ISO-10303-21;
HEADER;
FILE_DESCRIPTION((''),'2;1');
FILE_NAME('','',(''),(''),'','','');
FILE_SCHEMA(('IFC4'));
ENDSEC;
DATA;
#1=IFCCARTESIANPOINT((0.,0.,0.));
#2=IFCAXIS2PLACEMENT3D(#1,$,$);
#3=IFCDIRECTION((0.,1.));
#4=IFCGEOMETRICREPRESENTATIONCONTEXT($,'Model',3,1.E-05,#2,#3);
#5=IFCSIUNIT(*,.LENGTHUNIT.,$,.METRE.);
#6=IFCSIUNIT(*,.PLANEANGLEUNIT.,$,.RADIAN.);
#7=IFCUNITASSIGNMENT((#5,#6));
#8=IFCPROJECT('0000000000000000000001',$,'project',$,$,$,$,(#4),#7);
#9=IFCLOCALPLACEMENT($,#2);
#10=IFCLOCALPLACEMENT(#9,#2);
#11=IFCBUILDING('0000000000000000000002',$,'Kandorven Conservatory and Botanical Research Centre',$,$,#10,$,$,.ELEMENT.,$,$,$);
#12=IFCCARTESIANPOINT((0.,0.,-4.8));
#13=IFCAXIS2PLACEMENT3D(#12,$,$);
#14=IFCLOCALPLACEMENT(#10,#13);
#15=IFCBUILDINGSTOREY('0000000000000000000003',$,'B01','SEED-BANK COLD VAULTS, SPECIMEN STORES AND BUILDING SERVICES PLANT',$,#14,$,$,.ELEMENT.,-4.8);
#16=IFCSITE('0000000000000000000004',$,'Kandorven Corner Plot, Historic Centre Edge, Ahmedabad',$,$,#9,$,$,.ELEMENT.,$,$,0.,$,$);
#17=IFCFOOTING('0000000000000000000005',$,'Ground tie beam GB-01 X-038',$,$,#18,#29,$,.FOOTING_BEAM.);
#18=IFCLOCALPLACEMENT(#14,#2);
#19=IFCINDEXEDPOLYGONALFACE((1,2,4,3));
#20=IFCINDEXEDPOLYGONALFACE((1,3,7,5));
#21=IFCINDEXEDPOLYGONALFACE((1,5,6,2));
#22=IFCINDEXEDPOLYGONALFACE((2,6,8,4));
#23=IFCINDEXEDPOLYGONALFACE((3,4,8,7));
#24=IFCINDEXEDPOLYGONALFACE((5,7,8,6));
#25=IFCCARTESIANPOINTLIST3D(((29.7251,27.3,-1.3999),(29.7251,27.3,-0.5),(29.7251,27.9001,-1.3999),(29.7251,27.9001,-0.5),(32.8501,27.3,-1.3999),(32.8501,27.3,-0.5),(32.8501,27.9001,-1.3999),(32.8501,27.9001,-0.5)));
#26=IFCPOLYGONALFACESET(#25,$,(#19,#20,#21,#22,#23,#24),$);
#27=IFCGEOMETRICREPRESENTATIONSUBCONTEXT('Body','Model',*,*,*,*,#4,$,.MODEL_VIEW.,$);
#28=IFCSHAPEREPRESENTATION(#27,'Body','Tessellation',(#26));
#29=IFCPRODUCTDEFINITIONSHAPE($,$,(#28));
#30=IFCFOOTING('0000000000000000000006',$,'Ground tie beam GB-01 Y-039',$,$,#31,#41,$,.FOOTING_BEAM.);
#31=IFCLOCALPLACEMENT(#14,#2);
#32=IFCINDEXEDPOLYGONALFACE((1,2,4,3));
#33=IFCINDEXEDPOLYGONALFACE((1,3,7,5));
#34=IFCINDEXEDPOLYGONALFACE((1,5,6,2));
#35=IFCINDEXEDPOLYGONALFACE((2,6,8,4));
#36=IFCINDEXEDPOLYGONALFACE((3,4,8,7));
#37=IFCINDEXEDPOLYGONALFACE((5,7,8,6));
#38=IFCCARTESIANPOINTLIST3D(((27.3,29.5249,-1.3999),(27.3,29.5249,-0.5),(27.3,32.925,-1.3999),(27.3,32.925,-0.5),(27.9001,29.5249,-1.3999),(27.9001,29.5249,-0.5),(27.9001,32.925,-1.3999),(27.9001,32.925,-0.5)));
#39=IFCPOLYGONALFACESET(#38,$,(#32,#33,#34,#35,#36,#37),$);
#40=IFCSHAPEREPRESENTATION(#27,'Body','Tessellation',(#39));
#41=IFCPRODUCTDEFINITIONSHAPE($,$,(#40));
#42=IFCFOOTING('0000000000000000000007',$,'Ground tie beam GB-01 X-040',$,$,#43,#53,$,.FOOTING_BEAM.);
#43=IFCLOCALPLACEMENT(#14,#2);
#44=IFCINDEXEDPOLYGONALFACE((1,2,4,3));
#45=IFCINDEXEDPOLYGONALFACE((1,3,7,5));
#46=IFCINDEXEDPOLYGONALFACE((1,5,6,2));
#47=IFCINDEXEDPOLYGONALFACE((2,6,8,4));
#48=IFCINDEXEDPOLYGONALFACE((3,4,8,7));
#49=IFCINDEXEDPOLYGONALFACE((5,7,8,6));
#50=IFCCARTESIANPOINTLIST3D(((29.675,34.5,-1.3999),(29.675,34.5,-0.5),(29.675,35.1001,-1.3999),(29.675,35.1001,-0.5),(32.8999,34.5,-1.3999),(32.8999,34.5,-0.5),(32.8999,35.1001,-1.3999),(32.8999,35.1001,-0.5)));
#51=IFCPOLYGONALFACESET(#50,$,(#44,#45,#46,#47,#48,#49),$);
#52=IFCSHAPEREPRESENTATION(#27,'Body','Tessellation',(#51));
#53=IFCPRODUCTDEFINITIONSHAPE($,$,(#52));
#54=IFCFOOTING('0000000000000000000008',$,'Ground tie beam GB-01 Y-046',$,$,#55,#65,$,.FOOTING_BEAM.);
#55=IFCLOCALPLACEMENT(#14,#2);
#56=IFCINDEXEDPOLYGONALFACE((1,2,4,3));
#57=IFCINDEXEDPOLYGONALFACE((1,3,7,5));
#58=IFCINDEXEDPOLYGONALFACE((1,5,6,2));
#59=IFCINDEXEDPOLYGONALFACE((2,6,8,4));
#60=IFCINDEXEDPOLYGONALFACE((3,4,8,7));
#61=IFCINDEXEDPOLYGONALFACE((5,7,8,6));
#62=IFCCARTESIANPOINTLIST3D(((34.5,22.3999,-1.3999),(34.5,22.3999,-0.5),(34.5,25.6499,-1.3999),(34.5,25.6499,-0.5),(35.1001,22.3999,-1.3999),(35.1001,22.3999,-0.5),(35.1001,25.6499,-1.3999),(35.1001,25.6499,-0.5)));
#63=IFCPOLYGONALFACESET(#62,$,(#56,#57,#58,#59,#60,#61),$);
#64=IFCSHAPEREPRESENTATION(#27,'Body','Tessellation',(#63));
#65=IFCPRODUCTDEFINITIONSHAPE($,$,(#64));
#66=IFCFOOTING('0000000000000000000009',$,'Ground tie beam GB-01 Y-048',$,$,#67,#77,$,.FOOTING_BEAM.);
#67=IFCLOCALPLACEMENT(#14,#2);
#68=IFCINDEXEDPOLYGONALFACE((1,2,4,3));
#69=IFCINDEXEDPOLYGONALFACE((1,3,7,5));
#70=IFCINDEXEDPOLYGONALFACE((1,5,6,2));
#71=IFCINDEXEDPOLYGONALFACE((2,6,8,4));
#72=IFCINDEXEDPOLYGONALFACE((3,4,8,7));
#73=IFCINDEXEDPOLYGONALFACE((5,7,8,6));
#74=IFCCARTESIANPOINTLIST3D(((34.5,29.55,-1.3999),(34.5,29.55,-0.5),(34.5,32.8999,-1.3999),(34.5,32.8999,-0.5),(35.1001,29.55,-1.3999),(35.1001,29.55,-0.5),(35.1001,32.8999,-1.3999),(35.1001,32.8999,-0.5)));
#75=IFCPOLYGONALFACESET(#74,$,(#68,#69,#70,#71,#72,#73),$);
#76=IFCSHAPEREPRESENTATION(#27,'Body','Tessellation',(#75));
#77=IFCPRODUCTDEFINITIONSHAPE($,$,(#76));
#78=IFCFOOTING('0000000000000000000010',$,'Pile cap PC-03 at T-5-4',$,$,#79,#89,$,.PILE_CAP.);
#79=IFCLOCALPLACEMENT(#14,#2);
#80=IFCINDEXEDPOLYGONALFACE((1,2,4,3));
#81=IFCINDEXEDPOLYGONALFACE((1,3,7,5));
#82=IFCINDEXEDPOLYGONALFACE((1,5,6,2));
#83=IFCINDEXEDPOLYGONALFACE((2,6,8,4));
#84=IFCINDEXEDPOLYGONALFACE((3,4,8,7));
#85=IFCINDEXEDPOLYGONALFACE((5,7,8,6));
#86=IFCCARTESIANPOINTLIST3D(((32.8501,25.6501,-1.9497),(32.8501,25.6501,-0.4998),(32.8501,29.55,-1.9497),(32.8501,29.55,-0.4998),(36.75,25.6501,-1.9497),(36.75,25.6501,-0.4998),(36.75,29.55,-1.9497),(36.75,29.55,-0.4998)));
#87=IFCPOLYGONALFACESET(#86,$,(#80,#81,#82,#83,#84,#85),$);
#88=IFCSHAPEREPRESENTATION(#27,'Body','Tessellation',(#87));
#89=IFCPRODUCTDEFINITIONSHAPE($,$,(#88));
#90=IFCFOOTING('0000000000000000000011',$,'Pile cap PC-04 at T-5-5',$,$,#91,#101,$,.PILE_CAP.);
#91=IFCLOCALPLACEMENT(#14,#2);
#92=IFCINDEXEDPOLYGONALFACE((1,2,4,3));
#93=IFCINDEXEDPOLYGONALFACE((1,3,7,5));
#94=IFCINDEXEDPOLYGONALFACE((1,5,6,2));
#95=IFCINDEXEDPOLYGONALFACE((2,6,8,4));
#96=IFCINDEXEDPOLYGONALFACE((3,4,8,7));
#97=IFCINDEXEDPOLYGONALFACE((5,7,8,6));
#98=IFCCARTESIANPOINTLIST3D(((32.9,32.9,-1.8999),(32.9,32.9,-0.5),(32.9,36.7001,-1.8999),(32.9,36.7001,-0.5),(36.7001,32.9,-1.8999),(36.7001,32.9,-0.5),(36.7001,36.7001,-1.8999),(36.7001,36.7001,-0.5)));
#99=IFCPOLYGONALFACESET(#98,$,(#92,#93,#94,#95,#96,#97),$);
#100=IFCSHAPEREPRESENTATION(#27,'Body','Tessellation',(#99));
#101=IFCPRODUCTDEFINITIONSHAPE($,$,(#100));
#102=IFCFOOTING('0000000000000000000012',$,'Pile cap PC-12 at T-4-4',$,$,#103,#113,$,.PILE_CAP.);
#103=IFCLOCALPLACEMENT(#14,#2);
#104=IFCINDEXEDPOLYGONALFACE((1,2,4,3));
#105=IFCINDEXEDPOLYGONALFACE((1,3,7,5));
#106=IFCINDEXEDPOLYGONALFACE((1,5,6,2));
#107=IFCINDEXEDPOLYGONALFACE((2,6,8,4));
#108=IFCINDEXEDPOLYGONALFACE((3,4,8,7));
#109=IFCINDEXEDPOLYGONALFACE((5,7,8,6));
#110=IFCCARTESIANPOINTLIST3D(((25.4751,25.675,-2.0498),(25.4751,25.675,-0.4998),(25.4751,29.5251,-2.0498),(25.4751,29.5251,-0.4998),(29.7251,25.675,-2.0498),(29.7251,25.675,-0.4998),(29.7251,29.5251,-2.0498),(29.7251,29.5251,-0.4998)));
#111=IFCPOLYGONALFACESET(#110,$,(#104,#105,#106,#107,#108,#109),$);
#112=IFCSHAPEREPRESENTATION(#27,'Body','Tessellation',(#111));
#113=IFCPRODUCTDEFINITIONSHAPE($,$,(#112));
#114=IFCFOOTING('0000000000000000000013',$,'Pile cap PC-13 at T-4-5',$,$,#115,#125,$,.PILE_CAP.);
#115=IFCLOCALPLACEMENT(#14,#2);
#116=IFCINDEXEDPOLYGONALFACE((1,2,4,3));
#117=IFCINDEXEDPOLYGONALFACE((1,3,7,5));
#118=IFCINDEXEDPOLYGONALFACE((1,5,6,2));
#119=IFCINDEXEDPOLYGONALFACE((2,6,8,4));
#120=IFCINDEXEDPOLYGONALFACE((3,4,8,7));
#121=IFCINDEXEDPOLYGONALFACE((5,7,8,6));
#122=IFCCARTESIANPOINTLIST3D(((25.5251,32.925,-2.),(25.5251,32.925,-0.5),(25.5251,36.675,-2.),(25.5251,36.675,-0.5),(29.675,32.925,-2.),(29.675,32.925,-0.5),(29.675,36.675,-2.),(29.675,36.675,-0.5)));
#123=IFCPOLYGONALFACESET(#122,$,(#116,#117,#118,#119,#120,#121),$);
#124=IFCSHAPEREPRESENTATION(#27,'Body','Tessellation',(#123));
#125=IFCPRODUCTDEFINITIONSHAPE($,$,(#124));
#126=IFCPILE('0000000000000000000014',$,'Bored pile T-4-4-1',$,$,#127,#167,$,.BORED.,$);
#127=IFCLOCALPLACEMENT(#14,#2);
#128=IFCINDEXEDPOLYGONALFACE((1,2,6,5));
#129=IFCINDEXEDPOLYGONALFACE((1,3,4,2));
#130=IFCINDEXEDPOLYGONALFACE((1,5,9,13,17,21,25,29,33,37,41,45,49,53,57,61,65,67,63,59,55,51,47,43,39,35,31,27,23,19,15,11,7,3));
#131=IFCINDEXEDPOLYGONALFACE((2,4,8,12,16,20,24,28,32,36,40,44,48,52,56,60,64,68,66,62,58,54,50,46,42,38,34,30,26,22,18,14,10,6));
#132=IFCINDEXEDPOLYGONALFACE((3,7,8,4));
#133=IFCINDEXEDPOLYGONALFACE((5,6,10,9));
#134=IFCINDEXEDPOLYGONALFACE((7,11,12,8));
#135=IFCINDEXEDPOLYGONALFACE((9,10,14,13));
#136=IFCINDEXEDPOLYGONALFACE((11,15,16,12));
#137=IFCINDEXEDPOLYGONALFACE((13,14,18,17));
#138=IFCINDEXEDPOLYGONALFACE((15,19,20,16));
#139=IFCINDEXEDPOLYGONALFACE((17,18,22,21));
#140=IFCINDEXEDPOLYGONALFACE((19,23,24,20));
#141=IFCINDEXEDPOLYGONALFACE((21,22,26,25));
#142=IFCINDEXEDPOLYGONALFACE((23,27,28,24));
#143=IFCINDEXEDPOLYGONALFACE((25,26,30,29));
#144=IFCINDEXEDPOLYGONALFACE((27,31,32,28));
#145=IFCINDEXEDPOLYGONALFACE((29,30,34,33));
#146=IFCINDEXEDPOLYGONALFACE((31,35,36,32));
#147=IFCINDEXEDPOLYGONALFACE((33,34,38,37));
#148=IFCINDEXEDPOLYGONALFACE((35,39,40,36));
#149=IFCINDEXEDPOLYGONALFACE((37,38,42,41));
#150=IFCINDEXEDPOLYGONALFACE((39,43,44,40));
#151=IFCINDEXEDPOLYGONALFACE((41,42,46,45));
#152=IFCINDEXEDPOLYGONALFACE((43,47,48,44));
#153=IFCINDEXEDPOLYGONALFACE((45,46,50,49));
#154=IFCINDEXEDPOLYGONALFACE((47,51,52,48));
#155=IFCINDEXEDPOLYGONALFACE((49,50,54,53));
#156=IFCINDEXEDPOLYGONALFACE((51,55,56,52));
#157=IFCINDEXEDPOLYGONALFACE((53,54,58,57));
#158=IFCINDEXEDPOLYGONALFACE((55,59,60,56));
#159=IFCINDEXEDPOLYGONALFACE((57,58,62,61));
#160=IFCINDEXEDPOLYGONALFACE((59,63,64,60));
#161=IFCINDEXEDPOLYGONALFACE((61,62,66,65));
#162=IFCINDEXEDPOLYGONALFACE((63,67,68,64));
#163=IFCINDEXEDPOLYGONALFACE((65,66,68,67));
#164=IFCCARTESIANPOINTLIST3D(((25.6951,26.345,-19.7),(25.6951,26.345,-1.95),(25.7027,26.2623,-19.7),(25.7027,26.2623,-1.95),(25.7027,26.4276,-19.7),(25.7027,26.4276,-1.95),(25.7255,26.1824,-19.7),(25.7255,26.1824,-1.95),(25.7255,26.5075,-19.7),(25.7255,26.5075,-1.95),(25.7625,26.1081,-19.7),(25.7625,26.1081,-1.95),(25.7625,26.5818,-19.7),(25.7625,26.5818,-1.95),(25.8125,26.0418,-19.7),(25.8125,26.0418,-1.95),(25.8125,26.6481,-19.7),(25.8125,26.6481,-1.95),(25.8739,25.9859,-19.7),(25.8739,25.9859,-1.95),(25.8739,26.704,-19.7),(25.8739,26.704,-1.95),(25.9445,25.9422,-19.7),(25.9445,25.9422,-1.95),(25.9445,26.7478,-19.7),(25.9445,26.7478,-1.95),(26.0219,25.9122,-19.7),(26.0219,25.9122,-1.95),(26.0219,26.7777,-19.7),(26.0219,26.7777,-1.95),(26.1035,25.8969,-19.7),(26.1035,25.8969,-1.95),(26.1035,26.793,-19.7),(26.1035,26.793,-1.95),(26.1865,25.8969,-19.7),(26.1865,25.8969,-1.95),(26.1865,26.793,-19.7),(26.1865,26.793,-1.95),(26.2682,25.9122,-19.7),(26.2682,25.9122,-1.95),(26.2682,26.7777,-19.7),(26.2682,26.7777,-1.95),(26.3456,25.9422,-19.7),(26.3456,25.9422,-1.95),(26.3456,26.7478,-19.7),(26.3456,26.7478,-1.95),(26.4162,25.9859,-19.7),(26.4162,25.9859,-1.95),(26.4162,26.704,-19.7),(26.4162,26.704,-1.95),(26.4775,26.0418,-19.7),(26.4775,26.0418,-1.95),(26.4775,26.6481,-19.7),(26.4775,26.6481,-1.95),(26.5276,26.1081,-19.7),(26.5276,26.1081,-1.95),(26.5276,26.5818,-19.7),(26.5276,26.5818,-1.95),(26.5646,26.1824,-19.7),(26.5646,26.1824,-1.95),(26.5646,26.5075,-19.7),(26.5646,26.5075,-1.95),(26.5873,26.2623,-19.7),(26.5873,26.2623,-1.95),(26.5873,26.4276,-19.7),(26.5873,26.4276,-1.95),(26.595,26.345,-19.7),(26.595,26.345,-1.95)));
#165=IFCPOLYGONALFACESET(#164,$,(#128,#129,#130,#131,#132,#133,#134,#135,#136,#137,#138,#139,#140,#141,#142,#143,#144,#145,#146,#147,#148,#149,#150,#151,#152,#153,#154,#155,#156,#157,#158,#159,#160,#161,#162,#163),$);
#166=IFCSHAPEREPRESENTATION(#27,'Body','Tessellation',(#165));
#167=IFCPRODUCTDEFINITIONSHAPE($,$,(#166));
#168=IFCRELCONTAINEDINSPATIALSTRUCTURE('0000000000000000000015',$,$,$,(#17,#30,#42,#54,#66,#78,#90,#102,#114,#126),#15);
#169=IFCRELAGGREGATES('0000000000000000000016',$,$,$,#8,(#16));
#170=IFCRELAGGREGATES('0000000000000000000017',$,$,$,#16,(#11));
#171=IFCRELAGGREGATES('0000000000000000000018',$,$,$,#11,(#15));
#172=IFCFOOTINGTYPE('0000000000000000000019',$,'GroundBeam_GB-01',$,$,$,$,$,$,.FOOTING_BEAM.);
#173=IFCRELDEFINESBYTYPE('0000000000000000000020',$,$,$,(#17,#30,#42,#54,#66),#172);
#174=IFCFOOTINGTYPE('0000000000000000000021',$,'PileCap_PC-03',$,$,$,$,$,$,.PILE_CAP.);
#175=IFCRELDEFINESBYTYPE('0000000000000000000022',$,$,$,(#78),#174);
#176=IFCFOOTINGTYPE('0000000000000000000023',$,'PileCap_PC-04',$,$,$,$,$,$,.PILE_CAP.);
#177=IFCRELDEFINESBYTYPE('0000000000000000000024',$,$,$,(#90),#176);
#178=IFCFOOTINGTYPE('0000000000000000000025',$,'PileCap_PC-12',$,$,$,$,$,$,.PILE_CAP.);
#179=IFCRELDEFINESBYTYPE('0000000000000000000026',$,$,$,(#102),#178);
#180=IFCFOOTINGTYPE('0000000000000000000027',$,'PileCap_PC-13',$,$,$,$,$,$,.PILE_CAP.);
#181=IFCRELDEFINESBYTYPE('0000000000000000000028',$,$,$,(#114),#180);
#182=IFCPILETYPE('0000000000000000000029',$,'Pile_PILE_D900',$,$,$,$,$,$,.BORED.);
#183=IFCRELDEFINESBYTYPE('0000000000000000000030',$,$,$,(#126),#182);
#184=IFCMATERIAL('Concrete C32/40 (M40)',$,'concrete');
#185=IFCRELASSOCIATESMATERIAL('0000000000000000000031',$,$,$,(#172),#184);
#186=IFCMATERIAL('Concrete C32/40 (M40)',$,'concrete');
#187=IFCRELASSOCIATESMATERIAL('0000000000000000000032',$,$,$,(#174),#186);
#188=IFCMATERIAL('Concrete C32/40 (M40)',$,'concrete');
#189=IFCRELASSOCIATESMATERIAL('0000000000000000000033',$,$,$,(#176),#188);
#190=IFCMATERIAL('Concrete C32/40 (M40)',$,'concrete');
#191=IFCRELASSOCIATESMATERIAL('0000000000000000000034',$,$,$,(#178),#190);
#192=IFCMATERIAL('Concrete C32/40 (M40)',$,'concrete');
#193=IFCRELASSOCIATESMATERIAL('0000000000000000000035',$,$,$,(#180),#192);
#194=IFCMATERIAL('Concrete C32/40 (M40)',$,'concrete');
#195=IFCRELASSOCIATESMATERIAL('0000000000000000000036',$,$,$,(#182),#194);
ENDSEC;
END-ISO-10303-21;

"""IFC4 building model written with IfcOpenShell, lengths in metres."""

from ifc_helpers import new_model, si_unit, direction, frame, origin, origin_2d, place, context, subcontext, project, spatial, rectangle, circle, extrude, material, material_profile, profile_set, type_object, element, save


model = new_model("IFC4")

# Units and contexts
model_context = context("Model", 3, precision=1e-05, world=origin(), true_north=direction((0.0, 1.0)))
body_context = subcontext(model_context, "Body", "Model", "MODEL_VIEW")
ifc_project = project(units=[si_unit("LENGTHUNIT", "METRE"), si_unit("PLANEANGLEUNIT", "RADIAN")], contexts=[model_context])

# Site, building, storey
site_placement = place(None, origin())
site = spatial("IfcSite", under=ifc_project, at=site_placement, Name="Kandorven Corner Plot, Historic Centre Edge, Ahmedabad", CompositionType="ELEMENT", RefElevation=0.0)
building_placement = place(site_placement, origin())
building = spatial("IfcBuilding", under=site, at=building_placement, Name="Kandorven Conservatory and Botanical Research Centre", CompositionType="ELEMENT")
storey_placement = place(building_placement, frame((0.0, 0.0, -4.8)))
storey = spatial("IfcBuildingStorey", under=building, at=storey_placement, Name="B01", Description="SEED-BANK COLD VAULTS, SPECIMEN STORES AND BUILDING SERVICES PLANT", CompositionType="ELEMENT", Elevation=-4.8)

# Footings
ifc_material_1 = material(Name="Concrete C32/40 (M40)", Category="concrete")
ifc_material_profile_1 = material_profile(ifc_material_1, rectangle(XDim=0.6001, YDim=0.8999, at=origin_2d()))
ifc_profile_set_1 = profile_set([ifc_material_profile_1], Name="Concrete C32/40 (M40)")
footing_type_1 = type_object("IfcFootingType", Name="GroundBeam_GB-01", PredefinedType="FOOTING_BEAM", material=ifc_profile_set_1)
footing_1_placement = place(storey_placement, frame((29.7251, 27.6001, -0.95), z_axis=(1.0, 0.0, 0.0), x_axis=(0.0, 1.0, 0.0)))
element("IfcFooting", 1, at=footing_1_placement, inside=storey, type_object=footing_type_1, Name="Ground tie beam GB-01 X-038", PredefinedType="FOOTING_BEAM", context=body_context, shape_type="SweptSolid", body=[
    extrude(rectangle(XDim=0.6001, YDim=0.8999, at=origin_2d()), origin(), (0.0, 0.0, 1.0), 3.125),
])
footing_2_placement = place(storey_placement, frame((27.6001, 29.5249, -0.95), z_axis=(0.0, 1.0, 0.0), x_axis=(-1.0, 0.0, 0.0)))
element("IfcFooting", 2, at=footing_2_placement, inside=storey, type_object=footing_type_1, Name="Ground tie beam GB-01 Y-039", PredefinedType="FOOTING_BEAM", context=body_context, shape_type="SweptSolid", body=[
    extrude(rectangle(XDim=0.6001, YDim=0.8999, at=origin_2d()), origin(), (0.0, 0.0, 1.0), 3.4001),
])
footing_3_placement = place(storey_placement, frame((29.675, 34.8, -0.95), z_axis=(1.0, 0.0, 0.0), x_axis=(0.0, 1.0, 0.0)))
element("IfcFooting", 3, at=footing_3_placement, inside=storey, type_object=footing_type_1, Name="Ground tie beam GB-01 X-040", PredefinedType="FOOTING_BEAM", context=body_context, shape_type="SweptSolid", body=[
    extrude(rectangle(XDim=0.6001, YDim=0.8999, at=origin_2d()), origin(), (0.0, 0.0, 1.0), 3.2249),
])
footing_4_placement = place(storey_placement, frame((34.8, 22.3999, -0.95), z_axis=(0.0, 1.0, 0.0), x_axis=(-1.0, 0.0, 0.0)))
element("IfcFooting", 4, at=footing_4_placement, inside=storey, type_object=footing_type_1, Name="Ground tie beam GB-01 Y-046", PredefinedType="FOOTING_BEAM", context=body_context, shape_type="SweptSolid", body=[
    extrude(rectangle(XDim=0.6001, YDim=0.8999, at=origin_2d()), origin(), (0.0, 0.0, 1.0), 3.25),
])
footing_5_placement = place(storey_placement, frame((34.8, 29.55, -0.95), z_axis=(0.0, 1.0, 0.0), x_axis=(-1.0, 0.0, 0.0)))
element("IfcFooting", 5, at=footing_5_placement, inside=storey, type_object=footing_type_1, Name="Ground tie beam GB-01 Y-048", PredefinedType="FOOTING_BEAM", context=body_context, shape_type="SweptSolid", body=[
    extrude(rectangle(XDim=0.6001, YDim=0.8999, at=origin_2d()), origin(), (0.0, 0.0, 1.0), 3.3499),
])
ifc_material_2 = material(Name="Concrete C32/40 (M40)", Category="concrete")
footing_type_2 = type_object("IfcFootingType", Name="PileCap_PC-03", PredefinedType="PILE_CAP", material=ifc_material_2)
footing_6_placement = place(storey_placement, frame((34.8, 27.6001, -1.9497), z_axis=(0.0, 0.0, 1.0), x_axis=(1.0, 0.0, 0.0)))
element("IfcFooting", 6, at=footing_6_placement, inside=storey, type_object=footing_type_2, Name="Pile cap PC-03 at T-5-4", PredefinedType="PILE_CAP", context=body_context, shape_type="SweptSolid", body=[
    extrude(rectangle(XDim=3.8999, YDim=3.8999, at=origin_2d()), origin(), (0.0, 0.0, 1.0), 1.45),
])
ifc_material_3 = material(Name="Concrete C32/40 (M40)", Category="concrete")
footing_type_3 = type_object("IfcFootingType", Name="PileCap_PC-04", PredefinedType="PILE_CAP", material=ifc_material_3)
footing_7_placement = place(storey_placement, frame((34.8, 34.8, -1.8999), z_axis=(0.0, 0.0, 1.0), x_axis=(1.0, 0.0, 0.0)))
element("IfcFooting", 7, at=footing_7_placement, inside=storey, type_object=footing_type_3, Name="Pile cap PC-04 at T-5-5", PredefinedType="PILE_CAP", context=body_context, shape_type="SweptSolid", body=[
    extrude(rectangle(XDim=3.8, YDim=3.8, at=origin_2d()), origin(), (0.0, 0.0, 1.0), 1.3999),
])
ifc_material_4 = material(Name="Concrete C32/40 (M40)", Category="concrete")
footing_type_4 = type_object("IfcFootingType", Name="PileCap_PC-12", PredefinedType="PILE_CAP", material=ifc_material_4)
footing_8_placement = place(storey_placement, frame((27.6001, 27.6001, -2.0498), z_axis=(0.0, 0.0, 1.0), x_axis=(1.0, 0.0, 0.0)))
element("IfcFooting", 8, at=footing_8_placement, inside=storey, type_object=footing_type_4, Name="Pile cap PC-12 at T-4-4", PredefinedType="PILE_CAP", context=body_context, shape_type="SweptSolid", body=[
    extrude(rectangle(XDim=4.25, YDim=3.8501, at=origin_2d()), origin(), (0.0, 0.0, 1.0), 1.55),
])
ifc_material_5 = material(Name="Concrete C32/40 (M40)", Category="concrete")
footing_type_5 = type_object("IfcFootingType", Name="PileCap_PC-13", PredefinedType="PILE_CAP", material=ifc_material_5)
footing_9_placement = place(storey_placement, frame((27.6001, 34.8, -2.0), z_axis=(0.0, 0.0, 1.0), x_axis=(1.0, 0.0, 0.0)))
element("IfcFooting", 9, at=footing_9_placement, inside=storey, type_object=footing_type_5, Name="Pile cap PC-13 at T-4-5", PredefinedType="PILE_CAP", context=body_context, shape_type="SweptSolid", body=[
    extrude(rectangle(XDim=4.1499, YDim=3.75, at=origin_2d()), origin(), (0.0, 0.0, 1.0), 1.5),
])

# Pile
ifc_material_6 = material(Name="Concrete C32/40 (M40)", Category="concrete")
ifc_material_profile_2 = material_profile(ifc_material_6, circle(Radius=0.45, at=origin_2d()))
ifc_profile_set_2 = profile_set([ifc_material_profile_2], Name="Concrete C32/40 (M40)")
pile_type = type_object("IfcPileType", Name="Pile_PILE_D900", PredefinedType="BORED", material=ifc_profile_set_2)
for number, where, z_axis, x_axis, name in (
    (10, (26.145, 26.345, -1.95), (0.0, 0.0, -1.0), (1.0, 0.0, 0.0), "Bored pile T-4-4-1"),
):
    element("IfcPile", number, at=place(storey_placement, frame(where, z_axis=z_axis, x_axis=x_axis)), inside=storey, type_object=pile_type, Name=name, PredefinedType="BORED", context=body_context, shape_type="SweptSolid", body=[
        extrude(circle(Radius=0.45, at=origin_2d()), origin(), (0.0, 0.0, 1.0), 17.75),
    ])

save(model, "model.ifc")
